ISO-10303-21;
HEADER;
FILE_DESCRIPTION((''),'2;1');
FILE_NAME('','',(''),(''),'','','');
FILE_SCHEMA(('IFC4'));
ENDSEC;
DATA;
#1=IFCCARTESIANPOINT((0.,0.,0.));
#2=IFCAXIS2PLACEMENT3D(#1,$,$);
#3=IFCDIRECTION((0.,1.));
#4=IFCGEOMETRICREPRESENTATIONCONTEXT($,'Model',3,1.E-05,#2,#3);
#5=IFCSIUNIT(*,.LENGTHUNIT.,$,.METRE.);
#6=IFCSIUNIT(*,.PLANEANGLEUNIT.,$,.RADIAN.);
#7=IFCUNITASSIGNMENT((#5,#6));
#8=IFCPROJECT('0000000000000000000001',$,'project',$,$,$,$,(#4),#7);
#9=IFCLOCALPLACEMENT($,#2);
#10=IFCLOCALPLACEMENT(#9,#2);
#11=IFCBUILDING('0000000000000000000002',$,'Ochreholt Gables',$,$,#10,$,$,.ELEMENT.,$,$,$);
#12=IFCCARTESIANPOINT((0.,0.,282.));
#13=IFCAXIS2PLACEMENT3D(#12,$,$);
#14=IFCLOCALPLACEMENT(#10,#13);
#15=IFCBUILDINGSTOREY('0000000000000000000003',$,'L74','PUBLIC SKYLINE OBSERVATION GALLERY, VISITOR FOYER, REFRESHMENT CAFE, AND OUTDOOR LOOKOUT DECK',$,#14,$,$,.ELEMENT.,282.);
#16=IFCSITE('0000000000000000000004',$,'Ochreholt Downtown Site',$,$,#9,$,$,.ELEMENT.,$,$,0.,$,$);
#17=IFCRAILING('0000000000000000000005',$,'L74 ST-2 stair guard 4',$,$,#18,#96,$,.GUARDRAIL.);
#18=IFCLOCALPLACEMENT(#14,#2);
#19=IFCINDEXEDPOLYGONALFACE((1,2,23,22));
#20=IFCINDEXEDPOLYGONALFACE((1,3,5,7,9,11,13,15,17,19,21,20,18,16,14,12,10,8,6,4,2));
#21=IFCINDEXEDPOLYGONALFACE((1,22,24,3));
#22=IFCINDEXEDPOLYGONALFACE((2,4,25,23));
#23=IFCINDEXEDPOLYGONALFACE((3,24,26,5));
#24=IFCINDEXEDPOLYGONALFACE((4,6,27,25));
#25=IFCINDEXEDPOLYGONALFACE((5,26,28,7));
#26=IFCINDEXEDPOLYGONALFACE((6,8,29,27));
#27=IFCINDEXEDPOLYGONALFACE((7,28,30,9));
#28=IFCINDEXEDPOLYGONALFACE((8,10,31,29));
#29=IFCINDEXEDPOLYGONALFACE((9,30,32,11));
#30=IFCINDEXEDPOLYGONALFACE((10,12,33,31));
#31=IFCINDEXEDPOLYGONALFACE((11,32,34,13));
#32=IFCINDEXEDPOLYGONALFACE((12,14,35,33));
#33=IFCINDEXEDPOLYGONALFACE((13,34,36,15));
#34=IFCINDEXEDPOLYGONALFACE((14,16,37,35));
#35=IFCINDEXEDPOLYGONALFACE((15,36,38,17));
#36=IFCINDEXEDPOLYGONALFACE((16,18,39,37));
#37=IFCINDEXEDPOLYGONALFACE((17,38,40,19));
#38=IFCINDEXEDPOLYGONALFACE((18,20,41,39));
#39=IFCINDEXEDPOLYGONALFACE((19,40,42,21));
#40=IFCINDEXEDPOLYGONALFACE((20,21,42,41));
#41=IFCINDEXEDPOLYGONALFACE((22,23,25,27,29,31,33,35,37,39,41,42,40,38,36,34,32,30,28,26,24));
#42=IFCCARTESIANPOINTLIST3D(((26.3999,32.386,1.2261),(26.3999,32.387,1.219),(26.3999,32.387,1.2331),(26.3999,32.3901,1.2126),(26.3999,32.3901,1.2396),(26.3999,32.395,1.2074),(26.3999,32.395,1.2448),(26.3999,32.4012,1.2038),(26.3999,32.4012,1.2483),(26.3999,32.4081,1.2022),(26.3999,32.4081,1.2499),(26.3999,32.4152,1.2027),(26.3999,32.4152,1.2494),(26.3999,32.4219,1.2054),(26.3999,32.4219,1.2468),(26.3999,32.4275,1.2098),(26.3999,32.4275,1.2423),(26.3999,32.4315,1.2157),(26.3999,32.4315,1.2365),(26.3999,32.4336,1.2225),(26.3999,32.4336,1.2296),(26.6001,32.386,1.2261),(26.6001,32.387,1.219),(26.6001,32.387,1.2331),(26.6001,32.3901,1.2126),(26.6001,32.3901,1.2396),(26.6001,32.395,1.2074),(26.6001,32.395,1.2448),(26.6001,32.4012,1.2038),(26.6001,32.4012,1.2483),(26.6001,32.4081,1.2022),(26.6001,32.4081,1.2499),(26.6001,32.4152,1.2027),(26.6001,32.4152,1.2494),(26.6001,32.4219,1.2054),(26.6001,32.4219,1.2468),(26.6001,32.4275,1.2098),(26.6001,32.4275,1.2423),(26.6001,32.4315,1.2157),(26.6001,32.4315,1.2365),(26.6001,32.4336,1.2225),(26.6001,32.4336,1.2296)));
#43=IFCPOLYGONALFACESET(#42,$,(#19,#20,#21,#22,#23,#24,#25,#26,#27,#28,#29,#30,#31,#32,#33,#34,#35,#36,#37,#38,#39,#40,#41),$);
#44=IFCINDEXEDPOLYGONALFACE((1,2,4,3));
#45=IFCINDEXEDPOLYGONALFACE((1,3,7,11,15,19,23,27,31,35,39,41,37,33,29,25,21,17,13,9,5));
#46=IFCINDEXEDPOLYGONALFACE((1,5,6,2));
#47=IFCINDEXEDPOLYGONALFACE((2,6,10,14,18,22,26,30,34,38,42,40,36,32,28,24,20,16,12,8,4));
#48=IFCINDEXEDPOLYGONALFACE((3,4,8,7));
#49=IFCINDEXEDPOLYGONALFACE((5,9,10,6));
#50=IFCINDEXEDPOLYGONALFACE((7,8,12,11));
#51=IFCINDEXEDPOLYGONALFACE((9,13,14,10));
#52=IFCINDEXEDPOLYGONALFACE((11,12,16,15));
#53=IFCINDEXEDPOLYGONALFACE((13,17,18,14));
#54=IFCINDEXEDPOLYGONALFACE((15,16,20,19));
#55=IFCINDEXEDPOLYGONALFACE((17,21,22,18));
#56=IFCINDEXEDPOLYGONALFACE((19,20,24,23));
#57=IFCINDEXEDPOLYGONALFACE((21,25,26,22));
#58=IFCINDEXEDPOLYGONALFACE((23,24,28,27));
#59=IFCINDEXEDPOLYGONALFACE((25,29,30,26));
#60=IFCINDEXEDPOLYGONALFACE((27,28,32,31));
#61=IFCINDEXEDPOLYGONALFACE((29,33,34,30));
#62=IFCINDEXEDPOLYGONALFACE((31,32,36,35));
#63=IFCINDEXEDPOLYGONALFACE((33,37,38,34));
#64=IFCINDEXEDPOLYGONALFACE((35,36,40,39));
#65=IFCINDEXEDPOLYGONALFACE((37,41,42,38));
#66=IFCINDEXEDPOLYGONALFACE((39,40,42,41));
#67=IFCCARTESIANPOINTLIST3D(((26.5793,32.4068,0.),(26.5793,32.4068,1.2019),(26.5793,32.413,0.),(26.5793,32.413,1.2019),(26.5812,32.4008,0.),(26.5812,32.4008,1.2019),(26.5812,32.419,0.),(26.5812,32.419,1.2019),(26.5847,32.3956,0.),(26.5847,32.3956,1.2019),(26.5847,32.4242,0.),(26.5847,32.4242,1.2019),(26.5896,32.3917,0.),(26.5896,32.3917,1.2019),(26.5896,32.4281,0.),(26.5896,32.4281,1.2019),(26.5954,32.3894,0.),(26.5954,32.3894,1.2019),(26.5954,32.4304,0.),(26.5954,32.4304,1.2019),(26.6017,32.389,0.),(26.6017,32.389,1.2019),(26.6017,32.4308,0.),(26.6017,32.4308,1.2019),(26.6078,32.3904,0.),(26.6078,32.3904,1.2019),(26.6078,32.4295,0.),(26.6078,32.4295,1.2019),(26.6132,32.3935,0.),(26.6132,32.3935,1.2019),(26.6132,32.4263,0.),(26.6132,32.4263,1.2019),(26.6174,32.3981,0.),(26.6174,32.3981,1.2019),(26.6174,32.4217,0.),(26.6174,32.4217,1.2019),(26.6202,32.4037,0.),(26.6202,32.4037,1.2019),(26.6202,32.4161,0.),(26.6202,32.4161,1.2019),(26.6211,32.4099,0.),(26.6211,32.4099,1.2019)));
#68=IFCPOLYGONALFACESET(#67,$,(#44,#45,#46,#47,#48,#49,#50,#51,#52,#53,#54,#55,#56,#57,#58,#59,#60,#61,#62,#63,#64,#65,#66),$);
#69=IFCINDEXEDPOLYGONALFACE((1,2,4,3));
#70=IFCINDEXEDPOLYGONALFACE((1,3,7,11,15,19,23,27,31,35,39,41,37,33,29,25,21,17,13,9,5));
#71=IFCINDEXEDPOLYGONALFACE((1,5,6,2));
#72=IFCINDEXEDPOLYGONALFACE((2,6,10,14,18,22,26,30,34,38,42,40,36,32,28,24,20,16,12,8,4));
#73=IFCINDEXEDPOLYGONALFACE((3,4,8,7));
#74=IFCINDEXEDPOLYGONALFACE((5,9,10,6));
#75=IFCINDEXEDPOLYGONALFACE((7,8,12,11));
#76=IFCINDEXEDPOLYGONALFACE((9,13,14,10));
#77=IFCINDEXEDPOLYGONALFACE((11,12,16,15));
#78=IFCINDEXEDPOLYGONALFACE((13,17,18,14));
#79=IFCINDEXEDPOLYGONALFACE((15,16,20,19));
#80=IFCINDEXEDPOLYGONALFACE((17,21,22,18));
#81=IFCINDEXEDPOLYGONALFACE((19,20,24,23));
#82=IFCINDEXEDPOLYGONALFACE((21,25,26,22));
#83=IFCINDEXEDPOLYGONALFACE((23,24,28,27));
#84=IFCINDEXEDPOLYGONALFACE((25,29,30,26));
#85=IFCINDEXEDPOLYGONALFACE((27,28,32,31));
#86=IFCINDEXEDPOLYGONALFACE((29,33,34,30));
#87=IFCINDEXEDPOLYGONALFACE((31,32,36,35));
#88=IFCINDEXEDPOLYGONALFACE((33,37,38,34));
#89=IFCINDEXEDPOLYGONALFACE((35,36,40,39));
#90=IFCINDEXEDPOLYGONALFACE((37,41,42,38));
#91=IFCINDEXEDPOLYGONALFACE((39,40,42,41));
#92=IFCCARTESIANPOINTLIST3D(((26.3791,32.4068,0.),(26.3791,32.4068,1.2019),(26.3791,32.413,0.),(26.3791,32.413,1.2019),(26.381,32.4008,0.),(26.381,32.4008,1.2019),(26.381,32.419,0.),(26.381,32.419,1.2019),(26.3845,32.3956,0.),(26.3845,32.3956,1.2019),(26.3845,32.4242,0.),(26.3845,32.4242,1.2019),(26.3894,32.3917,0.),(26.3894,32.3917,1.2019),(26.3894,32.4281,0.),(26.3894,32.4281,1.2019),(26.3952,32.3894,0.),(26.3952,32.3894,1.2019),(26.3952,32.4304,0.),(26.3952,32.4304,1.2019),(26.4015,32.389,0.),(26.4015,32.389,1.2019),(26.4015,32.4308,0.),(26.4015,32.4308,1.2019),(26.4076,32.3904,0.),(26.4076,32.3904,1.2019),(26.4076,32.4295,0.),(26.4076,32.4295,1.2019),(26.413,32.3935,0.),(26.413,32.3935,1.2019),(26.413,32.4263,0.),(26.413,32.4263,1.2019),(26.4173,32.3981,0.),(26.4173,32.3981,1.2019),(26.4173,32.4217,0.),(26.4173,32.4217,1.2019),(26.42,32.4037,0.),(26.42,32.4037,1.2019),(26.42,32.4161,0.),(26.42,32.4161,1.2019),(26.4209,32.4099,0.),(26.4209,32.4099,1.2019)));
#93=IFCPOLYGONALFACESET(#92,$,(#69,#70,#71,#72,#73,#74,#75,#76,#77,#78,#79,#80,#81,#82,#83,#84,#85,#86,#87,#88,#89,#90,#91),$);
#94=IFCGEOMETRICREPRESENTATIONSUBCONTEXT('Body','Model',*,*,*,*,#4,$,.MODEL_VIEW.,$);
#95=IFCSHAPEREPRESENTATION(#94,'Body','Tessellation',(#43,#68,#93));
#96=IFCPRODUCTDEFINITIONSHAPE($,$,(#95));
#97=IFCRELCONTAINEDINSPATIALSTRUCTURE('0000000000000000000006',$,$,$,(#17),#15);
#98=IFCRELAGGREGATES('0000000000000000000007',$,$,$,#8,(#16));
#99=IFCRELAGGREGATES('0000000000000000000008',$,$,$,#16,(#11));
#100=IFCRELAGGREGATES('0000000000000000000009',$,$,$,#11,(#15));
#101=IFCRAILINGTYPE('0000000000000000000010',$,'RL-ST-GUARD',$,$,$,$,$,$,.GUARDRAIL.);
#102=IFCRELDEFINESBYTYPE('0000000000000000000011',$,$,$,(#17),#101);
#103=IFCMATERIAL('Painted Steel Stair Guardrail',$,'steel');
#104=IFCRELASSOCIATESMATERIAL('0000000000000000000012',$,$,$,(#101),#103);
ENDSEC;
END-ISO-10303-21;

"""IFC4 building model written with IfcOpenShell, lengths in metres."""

from ifc_helpers import new_model, si_unit, direction, frame, origin, origin_2d, place, context, subcontext, project, spatial, circle, extrude, material, type_object, element, save


model = new_model("IFC4")

# Units and contexts
model_context = context("Model", 3, precision=1e-05, world=origin(), true_north=direction((0.0, 1.0)))
body_context = subcontext(model_context, "Body", "Model", "MODEL_VIEW")
ifc_project = project(units=[si_unit("LENGTHUNIT", "METRE"), si_unit("PLANEANGLEUNIT", "RADIAN")], contexts=[model_context])

# Site, building, storey
site_placement = place(None, origin())
site = spatial("IfcSite", under=ifc_project, at=site_placement, Name="Ochreholt Downtown Site", CompositionType="ELEMENT", RefElevation=0.0)
building_placement = place(site_placement, origin())
building = spatial("IfcBuilding", under=site, at=building_placement, Name="Ochreholt Gables", CompositionType="ELEMENT")
storey_placement = place(building_placement, frame((0.0, 0.0, 282.0)))
storey = spatial("IfcBuildingStorey", under=building, at=storey_placement, Name="L74", Description="PUBLIC SKYLINE OBSERVATION GALLERY, VISITOR FOYER, REFRESHMENT CAFE, AND OUTDOOR LOOKOUT DECK", CompositionType="ELEMENT", Elevation=282.0)

# Railing
ifc_material_1 = material(Name="Painted Steel Stair Guardrail", Category="steel")
railing_type_1 = type_object("IfcRailingType", Name="RL-ST-GUARD", PredefinedType="GUARDRAIL", material=ifc_material_1)
railing_1_placement = place(storey_placement, frame((26.6001, 32.4099, 0.0)))
element("IfcRailing", 1, at=railing_1_placement, inside=storey, type_object=railing_type_1, Name="L74 ST-2 stair guard 4", PredefinedType="GUARDRAIL", context=body_context, shape_type="SweptSolid", body=[
    extrude(circle(Radius=0.0239, at=origin_2d()), frame((0.0, 0.0, 1.2261), z_axis=(-1.0, 0.0, 0.0), x_axis=(0.0, -1.0, 0.0)), (0.0, 0.0, 1.0), 0.2002),
    extrude(circle(Radius=0.021, at=origin_2d()), origin(), (0.0, 0.0, 1.0), 1.2019),
    extrude(circle(Radius=0.021, at=origin_2d()), frame((-0.2002, 0.0, 0.0)), (0.0, 0.0, 1.0), 1.2019),
])

save(model, "model.ifc")
